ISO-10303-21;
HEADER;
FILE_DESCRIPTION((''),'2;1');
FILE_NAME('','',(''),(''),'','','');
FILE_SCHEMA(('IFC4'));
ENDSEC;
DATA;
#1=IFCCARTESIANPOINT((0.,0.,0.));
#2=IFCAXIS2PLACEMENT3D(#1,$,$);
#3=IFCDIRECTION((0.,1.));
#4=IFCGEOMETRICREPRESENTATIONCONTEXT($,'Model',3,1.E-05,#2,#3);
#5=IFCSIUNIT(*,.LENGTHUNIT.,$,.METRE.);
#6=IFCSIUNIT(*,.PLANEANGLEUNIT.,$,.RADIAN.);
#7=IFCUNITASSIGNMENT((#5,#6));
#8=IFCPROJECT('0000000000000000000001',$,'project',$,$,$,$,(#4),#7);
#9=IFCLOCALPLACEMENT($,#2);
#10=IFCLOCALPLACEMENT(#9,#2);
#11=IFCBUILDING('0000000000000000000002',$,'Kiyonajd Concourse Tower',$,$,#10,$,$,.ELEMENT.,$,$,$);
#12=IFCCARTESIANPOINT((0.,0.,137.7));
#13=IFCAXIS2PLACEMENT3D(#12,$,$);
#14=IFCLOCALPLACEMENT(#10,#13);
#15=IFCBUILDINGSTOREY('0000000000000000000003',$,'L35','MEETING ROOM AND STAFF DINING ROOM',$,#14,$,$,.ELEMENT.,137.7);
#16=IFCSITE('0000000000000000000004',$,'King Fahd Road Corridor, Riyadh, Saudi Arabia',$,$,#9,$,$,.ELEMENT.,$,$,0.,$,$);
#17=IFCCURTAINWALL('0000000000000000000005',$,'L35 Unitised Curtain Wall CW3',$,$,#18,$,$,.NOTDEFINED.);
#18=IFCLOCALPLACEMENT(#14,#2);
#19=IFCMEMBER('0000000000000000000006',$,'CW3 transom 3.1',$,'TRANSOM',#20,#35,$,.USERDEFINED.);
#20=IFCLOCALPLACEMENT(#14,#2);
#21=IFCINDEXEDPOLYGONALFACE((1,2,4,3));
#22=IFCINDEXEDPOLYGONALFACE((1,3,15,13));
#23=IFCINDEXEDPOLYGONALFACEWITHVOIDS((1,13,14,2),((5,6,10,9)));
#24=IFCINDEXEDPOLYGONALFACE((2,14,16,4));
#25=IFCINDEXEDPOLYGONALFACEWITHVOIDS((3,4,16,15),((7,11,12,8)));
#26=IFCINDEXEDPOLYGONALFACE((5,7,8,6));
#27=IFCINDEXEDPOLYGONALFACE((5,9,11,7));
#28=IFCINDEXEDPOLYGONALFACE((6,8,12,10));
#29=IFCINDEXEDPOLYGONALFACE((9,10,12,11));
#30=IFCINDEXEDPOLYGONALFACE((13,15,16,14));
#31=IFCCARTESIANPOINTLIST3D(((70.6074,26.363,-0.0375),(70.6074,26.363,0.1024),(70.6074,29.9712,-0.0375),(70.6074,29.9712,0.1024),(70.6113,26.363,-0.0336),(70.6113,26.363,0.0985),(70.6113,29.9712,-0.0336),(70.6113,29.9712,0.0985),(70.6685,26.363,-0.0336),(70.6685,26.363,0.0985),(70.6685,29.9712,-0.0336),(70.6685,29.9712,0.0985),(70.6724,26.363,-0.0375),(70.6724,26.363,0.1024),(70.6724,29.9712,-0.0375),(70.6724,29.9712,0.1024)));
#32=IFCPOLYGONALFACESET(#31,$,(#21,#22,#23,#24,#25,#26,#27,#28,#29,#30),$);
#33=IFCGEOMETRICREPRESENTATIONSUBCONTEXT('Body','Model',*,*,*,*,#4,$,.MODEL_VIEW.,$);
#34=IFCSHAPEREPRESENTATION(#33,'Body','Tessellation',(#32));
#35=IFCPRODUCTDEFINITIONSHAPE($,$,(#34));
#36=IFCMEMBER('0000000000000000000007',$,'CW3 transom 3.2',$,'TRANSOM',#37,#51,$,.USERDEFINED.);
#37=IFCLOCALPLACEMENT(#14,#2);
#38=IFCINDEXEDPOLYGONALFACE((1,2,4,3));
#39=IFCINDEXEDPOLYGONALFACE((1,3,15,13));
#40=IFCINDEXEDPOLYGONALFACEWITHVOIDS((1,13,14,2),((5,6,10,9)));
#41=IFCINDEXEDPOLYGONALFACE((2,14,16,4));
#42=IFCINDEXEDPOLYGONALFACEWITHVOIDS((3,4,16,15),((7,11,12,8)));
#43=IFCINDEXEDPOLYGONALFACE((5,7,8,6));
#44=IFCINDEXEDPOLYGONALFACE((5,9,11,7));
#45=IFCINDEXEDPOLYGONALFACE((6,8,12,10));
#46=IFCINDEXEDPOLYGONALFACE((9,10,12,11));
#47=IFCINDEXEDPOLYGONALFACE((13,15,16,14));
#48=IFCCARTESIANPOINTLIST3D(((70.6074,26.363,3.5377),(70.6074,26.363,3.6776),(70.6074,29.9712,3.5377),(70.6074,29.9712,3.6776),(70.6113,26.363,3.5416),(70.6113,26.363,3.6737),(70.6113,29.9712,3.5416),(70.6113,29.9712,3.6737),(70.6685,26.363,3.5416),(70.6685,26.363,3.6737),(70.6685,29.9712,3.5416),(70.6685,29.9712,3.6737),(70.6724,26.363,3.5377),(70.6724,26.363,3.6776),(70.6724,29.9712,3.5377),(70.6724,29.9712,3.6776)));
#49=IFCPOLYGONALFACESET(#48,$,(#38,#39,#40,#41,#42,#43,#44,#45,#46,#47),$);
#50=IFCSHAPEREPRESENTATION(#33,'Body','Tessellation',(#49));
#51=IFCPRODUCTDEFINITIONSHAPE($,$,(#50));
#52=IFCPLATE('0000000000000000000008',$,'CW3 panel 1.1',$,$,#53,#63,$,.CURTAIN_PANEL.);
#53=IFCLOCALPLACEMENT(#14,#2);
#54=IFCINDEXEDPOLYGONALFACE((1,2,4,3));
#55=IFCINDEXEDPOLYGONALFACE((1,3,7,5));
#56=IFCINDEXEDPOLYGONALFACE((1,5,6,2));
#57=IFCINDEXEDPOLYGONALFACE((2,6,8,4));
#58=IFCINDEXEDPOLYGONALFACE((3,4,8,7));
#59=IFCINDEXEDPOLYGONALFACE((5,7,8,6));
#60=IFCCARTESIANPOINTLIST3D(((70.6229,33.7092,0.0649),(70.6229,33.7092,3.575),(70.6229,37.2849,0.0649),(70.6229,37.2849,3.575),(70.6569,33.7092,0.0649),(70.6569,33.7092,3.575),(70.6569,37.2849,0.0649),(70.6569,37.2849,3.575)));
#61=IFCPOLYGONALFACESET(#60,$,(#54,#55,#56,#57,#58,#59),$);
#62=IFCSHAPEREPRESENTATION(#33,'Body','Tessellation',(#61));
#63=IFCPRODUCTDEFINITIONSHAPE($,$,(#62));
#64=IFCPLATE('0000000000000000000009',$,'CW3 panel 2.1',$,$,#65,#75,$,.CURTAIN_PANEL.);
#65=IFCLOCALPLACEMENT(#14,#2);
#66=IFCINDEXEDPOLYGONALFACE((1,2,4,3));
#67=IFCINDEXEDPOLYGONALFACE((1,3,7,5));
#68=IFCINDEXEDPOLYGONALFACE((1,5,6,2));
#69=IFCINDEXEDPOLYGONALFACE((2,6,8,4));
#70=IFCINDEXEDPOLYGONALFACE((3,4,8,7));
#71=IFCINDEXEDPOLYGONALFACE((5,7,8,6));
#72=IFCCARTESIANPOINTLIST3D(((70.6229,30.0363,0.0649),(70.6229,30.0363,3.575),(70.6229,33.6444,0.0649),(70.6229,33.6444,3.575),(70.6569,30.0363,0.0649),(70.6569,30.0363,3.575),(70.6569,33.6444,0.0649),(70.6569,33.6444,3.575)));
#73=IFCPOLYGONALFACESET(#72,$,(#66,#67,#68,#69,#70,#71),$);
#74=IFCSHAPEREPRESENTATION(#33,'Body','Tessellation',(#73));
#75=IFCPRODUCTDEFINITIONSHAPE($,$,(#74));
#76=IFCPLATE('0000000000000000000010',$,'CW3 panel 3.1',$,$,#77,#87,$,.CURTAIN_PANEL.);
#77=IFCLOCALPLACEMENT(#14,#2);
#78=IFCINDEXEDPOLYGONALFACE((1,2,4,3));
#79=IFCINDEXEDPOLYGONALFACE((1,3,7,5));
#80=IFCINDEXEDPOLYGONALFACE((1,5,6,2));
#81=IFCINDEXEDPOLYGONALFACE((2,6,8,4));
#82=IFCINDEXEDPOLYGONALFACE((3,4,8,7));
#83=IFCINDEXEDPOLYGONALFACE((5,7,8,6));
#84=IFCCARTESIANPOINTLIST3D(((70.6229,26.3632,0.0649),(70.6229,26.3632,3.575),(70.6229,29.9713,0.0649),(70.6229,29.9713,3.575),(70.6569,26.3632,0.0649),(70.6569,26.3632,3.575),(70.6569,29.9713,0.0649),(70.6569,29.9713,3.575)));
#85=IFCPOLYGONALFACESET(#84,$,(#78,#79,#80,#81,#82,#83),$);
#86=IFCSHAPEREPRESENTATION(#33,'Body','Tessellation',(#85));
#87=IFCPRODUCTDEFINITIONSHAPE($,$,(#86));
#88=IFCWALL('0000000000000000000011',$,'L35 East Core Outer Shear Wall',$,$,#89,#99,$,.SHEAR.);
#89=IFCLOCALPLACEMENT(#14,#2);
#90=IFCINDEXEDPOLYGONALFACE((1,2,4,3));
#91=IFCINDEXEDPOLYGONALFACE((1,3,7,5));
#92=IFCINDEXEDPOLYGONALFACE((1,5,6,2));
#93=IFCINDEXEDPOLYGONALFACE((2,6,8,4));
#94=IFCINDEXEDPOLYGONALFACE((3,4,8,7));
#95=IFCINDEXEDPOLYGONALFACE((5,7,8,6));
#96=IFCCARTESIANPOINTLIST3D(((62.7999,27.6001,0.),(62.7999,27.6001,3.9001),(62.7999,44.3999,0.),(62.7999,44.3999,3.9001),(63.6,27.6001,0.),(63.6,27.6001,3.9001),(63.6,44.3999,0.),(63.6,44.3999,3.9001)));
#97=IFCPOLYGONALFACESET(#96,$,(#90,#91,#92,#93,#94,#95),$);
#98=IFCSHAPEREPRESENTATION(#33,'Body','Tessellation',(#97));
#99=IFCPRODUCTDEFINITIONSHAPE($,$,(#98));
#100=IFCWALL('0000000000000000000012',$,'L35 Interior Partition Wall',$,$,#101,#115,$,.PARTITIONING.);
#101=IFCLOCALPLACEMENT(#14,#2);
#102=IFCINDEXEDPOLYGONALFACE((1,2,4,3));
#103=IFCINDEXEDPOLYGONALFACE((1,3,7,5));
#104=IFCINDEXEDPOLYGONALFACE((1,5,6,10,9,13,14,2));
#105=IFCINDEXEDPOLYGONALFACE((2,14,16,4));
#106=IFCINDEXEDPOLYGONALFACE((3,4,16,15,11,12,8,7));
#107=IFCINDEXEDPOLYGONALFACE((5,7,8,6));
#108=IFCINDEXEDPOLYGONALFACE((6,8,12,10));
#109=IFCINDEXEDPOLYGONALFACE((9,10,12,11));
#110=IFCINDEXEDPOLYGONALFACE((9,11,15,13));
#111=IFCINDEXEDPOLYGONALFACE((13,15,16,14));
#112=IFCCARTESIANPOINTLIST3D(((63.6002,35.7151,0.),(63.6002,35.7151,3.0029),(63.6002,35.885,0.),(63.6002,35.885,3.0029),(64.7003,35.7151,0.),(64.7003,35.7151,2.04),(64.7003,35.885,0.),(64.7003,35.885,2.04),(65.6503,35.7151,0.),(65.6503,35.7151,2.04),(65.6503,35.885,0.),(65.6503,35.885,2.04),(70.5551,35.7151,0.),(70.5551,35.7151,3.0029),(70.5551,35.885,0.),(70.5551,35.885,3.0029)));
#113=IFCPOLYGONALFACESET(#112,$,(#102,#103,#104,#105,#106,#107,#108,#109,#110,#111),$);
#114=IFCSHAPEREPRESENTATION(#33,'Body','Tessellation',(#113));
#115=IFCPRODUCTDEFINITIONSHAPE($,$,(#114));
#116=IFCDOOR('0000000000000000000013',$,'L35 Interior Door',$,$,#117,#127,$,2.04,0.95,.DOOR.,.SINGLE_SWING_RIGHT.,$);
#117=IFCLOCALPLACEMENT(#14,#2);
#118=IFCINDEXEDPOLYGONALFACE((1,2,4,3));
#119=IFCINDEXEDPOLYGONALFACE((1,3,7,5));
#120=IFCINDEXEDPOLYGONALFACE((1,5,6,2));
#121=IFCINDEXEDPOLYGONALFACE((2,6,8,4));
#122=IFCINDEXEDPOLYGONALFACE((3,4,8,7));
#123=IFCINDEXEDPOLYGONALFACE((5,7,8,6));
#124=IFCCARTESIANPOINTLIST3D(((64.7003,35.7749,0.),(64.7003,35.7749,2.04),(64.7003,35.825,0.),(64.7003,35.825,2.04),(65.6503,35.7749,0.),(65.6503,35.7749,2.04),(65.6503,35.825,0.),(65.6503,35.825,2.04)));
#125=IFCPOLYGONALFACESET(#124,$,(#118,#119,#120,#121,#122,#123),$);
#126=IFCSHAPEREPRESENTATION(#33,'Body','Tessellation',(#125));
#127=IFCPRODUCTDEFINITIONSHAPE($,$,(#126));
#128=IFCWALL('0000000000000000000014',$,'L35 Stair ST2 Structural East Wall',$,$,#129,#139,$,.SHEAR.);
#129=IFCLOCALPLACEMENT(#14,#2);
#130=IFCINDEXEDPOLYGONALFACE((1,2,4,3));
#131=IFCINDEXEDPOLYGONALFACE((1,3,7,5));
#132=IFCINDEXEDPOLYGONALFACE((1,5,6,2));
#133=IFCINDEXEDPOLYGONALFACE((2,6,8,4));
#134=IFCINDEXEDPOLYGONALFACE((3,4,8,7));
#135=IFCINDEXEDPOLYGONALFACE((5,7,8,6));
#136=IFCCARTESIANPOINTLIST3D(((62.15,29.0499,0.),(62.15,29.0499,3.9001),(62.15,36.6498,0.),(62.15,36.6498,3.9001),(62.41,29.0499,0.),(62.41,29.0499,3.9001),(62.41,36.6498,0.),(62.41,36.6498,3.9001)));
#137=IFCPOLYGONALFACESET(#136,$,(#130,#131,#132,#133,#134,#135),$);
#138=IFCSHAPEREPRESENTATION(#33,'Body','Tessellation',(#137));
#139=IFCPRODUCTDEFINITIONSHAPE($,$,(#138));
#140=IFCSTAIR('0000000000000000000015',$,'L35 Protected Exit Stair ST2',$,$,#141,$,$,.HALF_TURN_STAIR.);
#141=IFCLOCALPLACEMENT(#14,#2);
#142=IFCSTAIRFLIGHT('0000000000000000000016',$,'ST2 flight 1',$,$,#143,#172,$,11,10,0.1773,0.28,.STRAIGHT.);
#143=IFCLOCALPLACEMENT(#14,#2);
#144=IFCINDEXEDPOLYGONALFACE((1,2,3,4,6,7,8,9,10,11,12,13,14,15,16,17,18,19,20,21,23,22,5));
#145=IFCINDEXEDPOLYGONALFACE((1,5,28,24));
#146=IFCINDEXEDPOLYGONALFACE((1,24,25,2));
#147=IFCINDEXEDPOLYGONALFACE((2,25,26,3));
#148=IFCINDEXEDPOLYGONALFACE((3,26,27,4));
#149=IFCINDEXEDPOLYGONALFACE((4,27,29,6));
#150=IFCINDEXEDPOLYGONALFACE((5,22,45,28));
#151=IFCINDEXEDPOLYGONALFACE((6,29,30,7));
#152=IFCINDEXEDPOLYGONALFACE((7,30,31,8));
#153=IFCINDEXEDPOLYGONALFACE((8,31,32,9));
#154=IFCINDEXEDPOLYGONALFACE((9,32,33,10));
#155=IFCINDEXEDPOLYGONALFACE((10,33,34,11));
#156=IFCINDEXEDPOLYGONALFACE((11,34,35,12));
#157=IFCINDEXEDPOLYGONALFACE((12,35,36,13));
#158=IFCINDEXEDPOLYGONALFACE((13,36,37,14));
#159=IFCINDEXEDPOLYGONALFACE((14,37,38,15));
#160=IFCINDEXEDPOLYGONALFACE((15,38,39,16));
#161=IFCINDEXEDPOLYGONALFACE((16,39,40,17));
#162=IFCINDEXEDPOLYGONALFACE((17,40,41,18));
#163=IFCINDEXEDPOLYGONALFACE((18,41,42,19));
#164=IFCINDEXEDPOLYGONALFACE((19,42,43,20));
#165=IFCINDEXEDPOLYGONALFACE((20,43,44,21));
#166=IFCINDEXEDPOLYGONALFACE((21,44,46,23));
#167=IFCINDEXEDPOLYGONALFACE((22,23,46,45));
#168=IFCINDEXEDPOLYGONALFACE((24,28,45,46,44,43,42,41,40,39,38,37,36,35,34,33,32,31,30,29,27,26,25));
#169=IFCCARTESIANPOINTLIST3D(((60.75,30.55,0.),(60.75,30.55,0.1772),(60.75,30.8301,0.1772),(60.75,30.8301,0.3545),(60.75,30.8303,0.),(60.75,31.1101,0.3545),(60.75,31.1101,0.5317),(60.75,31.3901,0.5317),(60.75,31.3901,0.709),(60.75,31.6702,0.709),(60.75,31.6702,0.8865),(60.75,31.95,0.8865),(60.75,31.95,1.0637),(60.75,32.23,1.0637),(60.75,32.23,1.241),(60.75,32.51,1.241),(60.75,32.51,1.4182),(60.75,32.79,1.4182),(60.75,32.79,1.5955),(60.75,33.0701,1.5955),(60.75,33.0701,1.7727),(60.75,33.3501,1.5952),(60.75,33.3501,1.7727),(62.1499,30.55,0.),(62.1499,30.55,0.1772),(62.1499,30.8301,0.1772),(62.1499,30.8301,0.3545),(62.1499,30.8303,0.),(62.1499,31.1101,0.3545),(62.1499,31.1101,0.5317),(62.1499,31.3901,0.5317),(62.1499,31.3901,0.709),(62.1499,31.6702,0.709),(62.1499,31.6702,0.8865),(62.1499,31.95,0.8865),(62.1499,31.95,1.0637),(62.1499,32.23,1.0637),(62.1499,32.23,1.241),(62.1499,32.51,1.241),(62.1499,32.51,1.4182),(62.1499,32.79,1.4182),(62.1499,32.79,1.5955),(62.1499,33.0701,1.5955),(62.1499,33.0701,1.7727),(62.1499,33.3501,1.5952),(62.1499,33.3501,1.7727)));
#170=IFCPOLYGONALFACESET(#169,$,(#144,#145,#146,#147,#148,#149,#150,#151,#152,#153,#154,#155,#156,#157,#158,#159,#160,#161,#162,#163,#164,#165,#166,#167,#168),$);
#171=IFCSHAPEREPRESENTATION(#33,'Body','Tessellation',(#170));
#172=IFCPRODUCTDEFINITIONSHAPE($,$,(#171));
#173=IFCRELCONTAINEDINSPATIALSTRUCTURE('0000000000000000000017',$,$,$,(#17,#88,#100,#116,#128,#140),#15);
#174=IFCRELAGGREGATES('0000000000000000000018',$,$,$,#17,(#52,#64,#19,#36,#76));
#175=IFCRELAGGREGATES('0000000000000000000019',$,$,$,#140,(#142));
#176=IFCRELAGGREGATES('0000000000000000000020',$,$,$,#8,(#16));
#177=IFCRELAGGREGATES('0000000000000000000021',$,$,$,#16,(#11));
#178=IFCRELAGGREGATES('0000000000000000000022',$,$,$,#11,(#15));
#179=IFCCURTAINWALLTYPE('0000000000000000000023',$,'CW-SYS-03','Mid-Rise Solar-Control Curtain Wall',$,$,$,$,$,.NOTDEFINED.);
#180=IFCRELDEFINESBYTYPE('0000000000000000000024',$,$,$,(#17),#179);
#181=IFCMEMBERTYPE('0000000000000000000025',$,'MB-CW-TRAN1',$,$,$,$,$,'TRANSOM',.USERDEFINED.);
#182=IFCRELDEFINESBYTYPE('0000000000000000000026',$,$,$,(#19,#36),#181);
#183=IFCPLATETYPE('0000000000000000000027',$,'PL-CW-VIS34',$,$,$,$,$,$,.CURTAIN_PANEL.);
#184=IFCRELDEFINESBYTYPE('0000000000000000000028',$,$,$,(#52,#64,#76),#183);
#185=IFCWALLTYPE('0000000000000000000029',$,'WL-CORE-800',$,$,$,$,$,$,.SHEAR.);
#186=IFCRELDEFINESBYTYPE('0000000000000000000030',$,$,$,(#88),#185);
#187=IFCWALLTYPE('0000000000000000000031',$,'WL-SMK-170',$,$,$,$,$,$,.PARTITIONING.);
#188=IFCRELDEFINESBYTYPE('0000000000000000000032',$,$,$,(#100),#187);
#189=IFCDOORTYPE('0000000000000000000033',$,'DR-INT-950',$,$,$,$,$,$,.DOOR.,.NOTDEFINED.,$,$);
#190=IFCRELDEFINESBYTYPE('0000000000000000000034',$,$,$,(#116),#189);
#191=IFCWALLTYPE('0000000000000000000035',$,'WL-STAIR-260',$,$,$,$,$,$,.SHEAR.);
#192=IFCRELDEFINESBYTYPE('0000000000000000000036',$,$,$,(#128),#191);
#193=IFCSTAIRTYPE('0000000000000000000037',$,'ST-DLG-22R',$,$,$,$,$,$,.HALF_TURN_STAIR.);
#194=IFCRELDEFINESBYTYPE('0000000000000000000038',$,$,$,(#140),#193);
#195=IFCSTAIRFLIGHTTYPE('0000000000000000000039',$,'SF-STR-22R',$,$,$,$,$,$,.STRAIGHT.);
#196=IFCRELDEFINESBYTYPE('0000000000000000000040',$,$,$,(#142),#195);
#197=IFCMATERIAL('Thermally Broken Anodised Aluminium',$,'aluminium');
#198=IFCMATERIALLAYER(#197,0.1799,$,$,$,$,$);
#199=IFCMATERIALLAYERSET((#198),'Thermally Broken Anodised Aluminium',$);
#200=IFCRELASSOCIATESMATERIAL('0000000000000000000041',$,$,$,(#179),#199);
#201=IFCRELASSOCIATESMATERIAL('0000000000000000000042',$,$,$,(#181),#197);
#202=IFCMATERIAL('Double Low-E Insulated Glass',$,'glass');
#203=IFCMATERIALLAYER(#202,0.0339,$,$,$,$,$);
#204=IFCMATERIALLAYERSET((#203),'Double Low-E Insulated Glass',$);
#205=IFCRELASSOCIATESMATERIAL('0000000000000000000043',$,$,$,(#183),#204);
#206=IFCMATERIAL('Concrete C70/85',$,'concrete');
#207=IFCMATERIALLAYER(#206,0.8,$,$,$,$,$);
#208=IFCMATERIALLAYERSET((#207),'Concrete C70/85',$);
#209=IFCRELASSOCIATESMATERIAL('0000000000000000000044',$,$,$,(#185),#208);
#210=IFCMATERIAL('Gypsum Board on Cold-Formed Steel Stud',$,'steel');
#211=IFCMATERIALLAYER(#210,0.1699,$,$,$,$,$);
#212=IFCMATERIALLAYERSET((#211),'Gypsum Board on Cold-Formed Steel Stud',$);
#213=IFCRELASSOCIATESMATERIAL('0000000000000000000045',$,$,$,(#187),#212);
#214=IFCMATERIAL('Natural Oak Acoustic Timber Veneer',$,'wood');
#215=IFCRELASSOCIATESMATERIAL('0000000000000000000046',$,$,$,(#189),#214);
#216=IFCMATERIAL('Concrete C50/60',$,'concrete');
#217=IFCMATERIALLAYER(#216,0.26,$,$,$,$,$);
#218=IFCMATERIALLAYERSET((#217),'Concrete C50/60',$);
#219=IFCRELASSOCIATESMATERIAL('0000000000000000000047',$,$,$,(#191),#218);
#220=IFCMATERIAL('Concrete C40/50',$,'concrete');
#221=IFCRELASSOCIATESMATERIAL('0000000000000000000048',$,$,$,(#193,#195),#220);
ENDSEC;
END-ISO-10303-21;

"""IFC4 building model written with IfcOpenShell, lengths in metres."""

from ifc_helpers import new_model, si_unit, direction, frame, frame_2d, origin, origin_2d, place, context, subcontext, project, spatial, polyline, rectangle, hollow_rectangle, outline, extrude, material, layer, layer_set, material_profile, profile_set, type_object, element, fill, aggregate, save


model = new_model("IFC4")

# Units and contexts
model_context = context("Model", 3, precision=1e-05, world=origin(), true_north=direction((0.0, 1.0)))
body_context = subcontext(model_context, "Body", "Model", "MODEL_VIEW")
ifc_project = project(units=[si_unit("LENGTHUNIT", "METRE"), si_unit("PLANEANGLEUNIT", "RADIAN")], contexts=[model_context])

# Site, building, storey
site_placement = place(None, origin())
site = spatial("IfcSite", under=ifc_project, at=site_placement, Name="King Fahd Road Corridor, Riyadh, Saudi Arabia", CompositionType="ELEMENT", RefElevation=0.0)
building_placement = place(site_placement, origin())
building = spatial("IfcBuilding", under=site, at=building_placement, Name="Kiyonajd Concourse Tower", CompositionType="ELEMENT")
storey_placement = place(building_placement, frame((0.0, 0.0, 137.7)))
storey = spatial("IfcBuildingStorey", under=building, at=storey_placement, Name="L35", Description="MEETING ROOM AND STAFF DINING ROOM", CompositionType="ELEMENT", Elevation=137.7)

# Shared definitions
ifc_material_1 = material(Name="Concrete C70/85", Category="concrete")

# Curtain wall, members, plates
ifc_material_2 = material(Name="Thermally Broken Anodised Aluminium", Category="aluminium")
ifc_layer_1 = layer(ifc_material_2, 0.1799)
ifc_layer_set_1 = layer_set([ifc_layer_1], Name="Thermally Broken Anodised Aluminium")
curtain_wall_type = type_object("IfcCurtainWallType", Name="CW-SYS-03", Description="Mid-Rise Solar-Control Curtain Wall", PredefinedType="NOTDEFINED", material=ifc_layer_set_1)
curtain_wall_placement = place(storey_placement, origin())
curtain_wall = element("IfcCurtainWall", 1, at=curtain_wall_placement, inside=storey, type_object=curtain_wall_type, Name="L35 Unitised Curtain Wall CW3", PredefinedType="NOTDEFINED")
ifc_material_profile_1 = material_profile(ifc_material_2, hollow_rectangle(XDim=0.0649, YDim=0.1399, WallThickness=0.0039, at=origin_2d()), Name="TRAN-65x140")
ifc_profile_set_1 = profile_set([ifc_material_profile_1], Name="Thermally Broken Anodised Aluminium")
member_type_1 = type_object("IfcMemberType", Name="MB-CW-TRAN1", ElementType="TRANSOM", PredefinedType="USERDEFINED", material=ifc_profile_set_1)
member_1_placement = place(storey_placement, frame((70.6399, 29.9712, 0.0325), z_axis=(0.0, -1.0, 0.0), x_axis=(1.0, 0.0, 0.0)))
member_1 = element("IfcMember", 2, at=member_1_placement, type_object=member_type_1, Name="CW3 transom 3.1", ObjectType="TRANSOM", PredefinedType="USERDEFINED", context=body_context, shape_type="SweptSolid", body=[
    extrude(hollow_rectangle(XDim=0.0649, YDim=0.1399, WallThickness=0.0039, at=origin_2d()), origin(), (0.0, 0.0, 1.0), 3.6082),
])
member_2_placement = place(storey_placement, frame((70.6399, 29.9712, 3.6077), z_axis=(0.0, -1.0, 0.0), x_axis=(1.0, 0.0, 0.0)))
member_2 = element("IfcMember", 3, at=member_2_placement, type_object=member_type_1, Name="CW3 transom 3.2", ObjectType="TRANSOM", PredefinedType="USERDEFINED", context=body_context, shape_type="SweptSolid", body=[
    extrude(hollow_rectangle(XDim=0.0649, YDim=0.1399, WallThickness=0.0039, at=origin_2d()), origin(), (0.0, 0.0, 1.0), 3.6082),
])
ifc_material_3 = material(Name="Double Low-E Insulated Glass", Category="glass")
ifc_layer_2 = layer(ifc_material_3, 0.0339)
ifc_layer_set_2 = layer_set([ifc_layer_2], Name="Double Low-E Insulated Glass")
plate_type = type_object("IfcPlateType", Name="PL-CW-VIS34", PredefinedType="CURTAIN_PANEL", material=ifc_layer_set_2)
plate_1_placement = place(storey_placement, frame((70.6399, 35.4971, 0.0649), z_axis=(0.0, 0.0, 1.0), x_axis=(0.0, -1.0, 0.0)))
plate_1 = element("IfcPlate", 4, at=plate_1_placement, type_object=plate_type, Name="CW3 panel 1.1", PredefinedType="CURTAIN_PANEL", context=body_context, shape_type="SweptSolid", body=[
    extrude(rectangle(XDim=3.5757, YDim=0.0339, at=origin_2d()), origin(), (0.0, 0.0, 1.0), 3.51),
])
plate_2_placement = place(storey_placement, frame((70.6399, 31.8403, 0.0649), z_axis=(0.0, 0.0, 1.0), x_axis=(0.0, -1.0, 0.0)))
plate_2 = element("IfcPlate", 5, at=plate_2_placement, type_object=plate_type, Name="CW3 panel 2.1", PredefinedType="CURTAIN_PANEL", context=body_context, shape_type="SweptSolid", body=[
    extrude(rectangle(XDim=3.6082, YDim=0.0339, at=origin_2d()), origin(), (0.0, 0.0, 1.0), 3.51),
])
plate_3_placement = place(storey_placement, frame((70.6399, 28.1672, 0.0649), z_axis=(0.0, 0.0, 1.0), x_axis=(0.0, -1.0, 0.0)))
plate_3 = element("IfcPlate", 6, at=plate_3_placement, type_object=plate_type, Name="CW3 panel 3.1", PredefinedType="CURTAIN_PANEL", context=body_context, shape_type="SweptSolid", body=[
    extrude(rectangle(XDim=3.6082, YDim=0.0339, at=origin_2d()), origin(), (0.0, 0.0, 1.0), 3.51),
])
aggregate(curtain_wall, [plate_1, plate_2, member_1, member_2, plate_3])

# Wall
ifc_layer_3 = layer(ifc_material_1, 0.8)
ifc_layer_set_3 = layer_set([ifc_layer_3], Name="Concrete C70/85")
wall_type_1 = type_object("IfcWallType", Name="WL-CORE-800", PredefinedType="SHEAR", material=ifc_layer_set_3)
wall_1_placement = place(storey_placement, frame((63.2, 27.6001, 0.0), z_axis=(0.0, 0.0, 1.0), x_axis=(0.0, 1.0, 0.0)))
element("IfcWall", 7, at=wall_1_placement, inside=storey, type_object=wall_type_1, Name="L35 East Core Outer Shear Wall", PredefinedType="SHEAR", context=body_context, shape_type="SweptSolid", body=[
    extrude(rectangle(XDim=16.7998, YDim=0.8, at=frame_2d((8.3999, 0.0))), origin(), (0.0, 0.0, 1.0), 3.9001),
])

# Wall, opening, door
ifc_material_4 = material(Name="Gypsum Board on Cold-Formed Steel Stud", Category="steel")
ifc_layer_4 = layer(ifc_material_4, 0.1699)
ifc_layer_set_4 = layer_set([ifc_layer_4], Name="Gypsum Board on Cold-Formed Steel Stud")
wall_type_2 = type_object("IfcWallType", Name="WL-SMK-170", PredefinedType="PARTITIONING", material=ifc_layer_set_4)
wall_2_placement = place(storey_placement, frame((63.6001, 35.8, 0.0), z_axis=(0.0, 0.0, 1.0), x_axis=(1.0, 0.0, 0.0)))
wall_2 = element("IfcWall", 8, at=wall_2_placement, inside=storey, type_object=wall_type_2, Name="L35 Interior Partition Wall", PredefinedType="PARTITIONING", context=body_context, shape_type="SweptSolid", body=[
    extrude(rectangle(XDim=6.9548, YDim=0.1699, at=frame_2d((3.4775, 0.0))), origin(), (0.0, 0.0, 1.0), 3.0029),
])
opening_placement = place(wall_2_placement, frame((1.1001, 0.0, 0.0)))
opening = element("IfcOpeningElement", 9, at=opening_placement, cuts=wall_2, PredefinedType="OPENING", context=body_context, shape_type="SweptSolid", body=[
    extrude(rectangle(XDim=0.95, YDim=2.04, at=frame_2d((0.4751, 1.02))), frame((0.0, 0.095, 0.0), z_axis=(0.0, -1.0, 0.0), x_axis=(1.0, 0.0, 0.0)), (0.0, 0.0, 1.0), 0.1899),
])
ifc_material_5 = material(Name="Natural Oak Acoustic Timber Veneer", Category="wood")
door_type = type_object("IfcDoorType", Name="DR-INT-950", OperationType="NOTDEFINED", PredefinedType="DOOR", material=ifc_material_5)
door_placement = place(opening_placement, origin())
door = element("IfcDoor", 10, at=door_placement, inside=storey, type_object=door_type, Name="L35 Interior Door", OperationType="SINGLE_SWING_RIGHT", OverallHeight=2.04, OverallWidth=0.95, PredefinedType="DOOR", context=body_context, shape_type="SweptSolid", body=[
    extrude(rectangle(XDim=0.95, YDim=2.04, at=frame_2d((0.4751, 1.02))), frame((0.0, 0.0249, 0.0), z_axis=(0.0, -1.0, 0.0), x_axis=(1.0, 0.0, 0.0)), (0.0, 0.0, 1.0), 0.05),
])
fill(opening, door)

# Wall
ifc_material_6 = material(Name="Concrete C50/60", Category="concrete")
ifc_layer_5 = layer(ifc_material_6, 0.26)
ifc_layer_set_5 = layer_set([ifc_layer_5], Name="Concrete C50/60")
wall_type_3 = type_object("IfcWallType", Name="WL-STAIR-260", PredefinedType="SHEAR", material=ifc_layer_set_5)
wall_3_placement = place(storey_placement, frame((62.28, 29.05, 0.0), z_axis=(0.0, 0.0, 1.0), x_axis=(0.0, 1.0, 0.0)))
element("IfcWall", 11, at=wall_3_placement, inside=storey, type_object=wall_type_3, Name="L35 Stair ST2 Structural East Wall", PredefinedType="SHEAR", context=body_context, shape_type="SweptSolid", body=[
    extrude(rectangle(XDim=7.5999, YDim=0.26, at=frame_2d((3.7998, 0.0))), origin(), (0.0, 0.0, 1.0), 3.9001),
])

# Stair, stair flight
ifc_material_7 = material(Name="Concrete C40/50", Category="concrete")
stair_type = type_object("IfcStairType", Name="ST-DLG-22R", PredefinedType="HALF_TURN_STAIR", material=ifc_material_7)
stair_placement = place(storey_placement, origin())
stair = element("IfcStair", 12, at=stair_placement, inside=storey, type_object=stair_type, Name="L35 Protected Exit Stair ST2", PredefinedType="HALF_TURN_STAIR")
stair_flight_type = type_object("IfcStairFlightType", Name="SF-STR-22R", PredefinedType="STRAIGHT", material=ifc_material_7)
stair_flight_1_placement = place(storey_placement, frame((61.45, 30.55, 0.0), z_axis=(0.0, 0.0, 1.0), x_axis=(0.0, 1.0, 0.0)))
stair_flight_1 = element("IfcStairFlight", 13, at=stair_flight_1_placement, type_object=stair_flight_type, Name="ST2 flight 1", NumberOfRisers=11, NumberOfTreads=10, PredefinedType="STRAIGHT", RiserHeight=0.1773, TreadLength=0.28, context=body_context, shape_type="SweptSolid", body=[
    extrude(outline(polyline([(0.0, 0.0), (0.0, 0.1772), (0.28, 0.1772), (0.28, 0.3545), (0.5601, 0.3545), (0.5601, 0.5317), (0.8401, 0.5317), (0.8401, 0.709), (1.1201, 0.709), (1.1201, 0.8865), (1.3999, 0.8865), (1.3999, 1.0637), (1.6799, 1.0637), (1.6799, 1.241), (1.96, 1.241), (1.96, 1.4182), (2.24, 1.4182), (2.24, 1.5955), (2.52, 1.5955), (2.52, 1.7727), (2.8, 1.7727), (2.8, 1.95), (2.8, 1.5952), (0.2803, 0.0), (0.0, 0.0)])), frame((0.0, 0.7, 0.0), z_axis=(0.0, -1.0, 0.0), x_axis=(1.0, 0.0, 0.0)), (0.0, 0.0, 1.0), 1.3999),
])
aggregate(stair, [stair_flight_1])

save(model, "model.ifc")
